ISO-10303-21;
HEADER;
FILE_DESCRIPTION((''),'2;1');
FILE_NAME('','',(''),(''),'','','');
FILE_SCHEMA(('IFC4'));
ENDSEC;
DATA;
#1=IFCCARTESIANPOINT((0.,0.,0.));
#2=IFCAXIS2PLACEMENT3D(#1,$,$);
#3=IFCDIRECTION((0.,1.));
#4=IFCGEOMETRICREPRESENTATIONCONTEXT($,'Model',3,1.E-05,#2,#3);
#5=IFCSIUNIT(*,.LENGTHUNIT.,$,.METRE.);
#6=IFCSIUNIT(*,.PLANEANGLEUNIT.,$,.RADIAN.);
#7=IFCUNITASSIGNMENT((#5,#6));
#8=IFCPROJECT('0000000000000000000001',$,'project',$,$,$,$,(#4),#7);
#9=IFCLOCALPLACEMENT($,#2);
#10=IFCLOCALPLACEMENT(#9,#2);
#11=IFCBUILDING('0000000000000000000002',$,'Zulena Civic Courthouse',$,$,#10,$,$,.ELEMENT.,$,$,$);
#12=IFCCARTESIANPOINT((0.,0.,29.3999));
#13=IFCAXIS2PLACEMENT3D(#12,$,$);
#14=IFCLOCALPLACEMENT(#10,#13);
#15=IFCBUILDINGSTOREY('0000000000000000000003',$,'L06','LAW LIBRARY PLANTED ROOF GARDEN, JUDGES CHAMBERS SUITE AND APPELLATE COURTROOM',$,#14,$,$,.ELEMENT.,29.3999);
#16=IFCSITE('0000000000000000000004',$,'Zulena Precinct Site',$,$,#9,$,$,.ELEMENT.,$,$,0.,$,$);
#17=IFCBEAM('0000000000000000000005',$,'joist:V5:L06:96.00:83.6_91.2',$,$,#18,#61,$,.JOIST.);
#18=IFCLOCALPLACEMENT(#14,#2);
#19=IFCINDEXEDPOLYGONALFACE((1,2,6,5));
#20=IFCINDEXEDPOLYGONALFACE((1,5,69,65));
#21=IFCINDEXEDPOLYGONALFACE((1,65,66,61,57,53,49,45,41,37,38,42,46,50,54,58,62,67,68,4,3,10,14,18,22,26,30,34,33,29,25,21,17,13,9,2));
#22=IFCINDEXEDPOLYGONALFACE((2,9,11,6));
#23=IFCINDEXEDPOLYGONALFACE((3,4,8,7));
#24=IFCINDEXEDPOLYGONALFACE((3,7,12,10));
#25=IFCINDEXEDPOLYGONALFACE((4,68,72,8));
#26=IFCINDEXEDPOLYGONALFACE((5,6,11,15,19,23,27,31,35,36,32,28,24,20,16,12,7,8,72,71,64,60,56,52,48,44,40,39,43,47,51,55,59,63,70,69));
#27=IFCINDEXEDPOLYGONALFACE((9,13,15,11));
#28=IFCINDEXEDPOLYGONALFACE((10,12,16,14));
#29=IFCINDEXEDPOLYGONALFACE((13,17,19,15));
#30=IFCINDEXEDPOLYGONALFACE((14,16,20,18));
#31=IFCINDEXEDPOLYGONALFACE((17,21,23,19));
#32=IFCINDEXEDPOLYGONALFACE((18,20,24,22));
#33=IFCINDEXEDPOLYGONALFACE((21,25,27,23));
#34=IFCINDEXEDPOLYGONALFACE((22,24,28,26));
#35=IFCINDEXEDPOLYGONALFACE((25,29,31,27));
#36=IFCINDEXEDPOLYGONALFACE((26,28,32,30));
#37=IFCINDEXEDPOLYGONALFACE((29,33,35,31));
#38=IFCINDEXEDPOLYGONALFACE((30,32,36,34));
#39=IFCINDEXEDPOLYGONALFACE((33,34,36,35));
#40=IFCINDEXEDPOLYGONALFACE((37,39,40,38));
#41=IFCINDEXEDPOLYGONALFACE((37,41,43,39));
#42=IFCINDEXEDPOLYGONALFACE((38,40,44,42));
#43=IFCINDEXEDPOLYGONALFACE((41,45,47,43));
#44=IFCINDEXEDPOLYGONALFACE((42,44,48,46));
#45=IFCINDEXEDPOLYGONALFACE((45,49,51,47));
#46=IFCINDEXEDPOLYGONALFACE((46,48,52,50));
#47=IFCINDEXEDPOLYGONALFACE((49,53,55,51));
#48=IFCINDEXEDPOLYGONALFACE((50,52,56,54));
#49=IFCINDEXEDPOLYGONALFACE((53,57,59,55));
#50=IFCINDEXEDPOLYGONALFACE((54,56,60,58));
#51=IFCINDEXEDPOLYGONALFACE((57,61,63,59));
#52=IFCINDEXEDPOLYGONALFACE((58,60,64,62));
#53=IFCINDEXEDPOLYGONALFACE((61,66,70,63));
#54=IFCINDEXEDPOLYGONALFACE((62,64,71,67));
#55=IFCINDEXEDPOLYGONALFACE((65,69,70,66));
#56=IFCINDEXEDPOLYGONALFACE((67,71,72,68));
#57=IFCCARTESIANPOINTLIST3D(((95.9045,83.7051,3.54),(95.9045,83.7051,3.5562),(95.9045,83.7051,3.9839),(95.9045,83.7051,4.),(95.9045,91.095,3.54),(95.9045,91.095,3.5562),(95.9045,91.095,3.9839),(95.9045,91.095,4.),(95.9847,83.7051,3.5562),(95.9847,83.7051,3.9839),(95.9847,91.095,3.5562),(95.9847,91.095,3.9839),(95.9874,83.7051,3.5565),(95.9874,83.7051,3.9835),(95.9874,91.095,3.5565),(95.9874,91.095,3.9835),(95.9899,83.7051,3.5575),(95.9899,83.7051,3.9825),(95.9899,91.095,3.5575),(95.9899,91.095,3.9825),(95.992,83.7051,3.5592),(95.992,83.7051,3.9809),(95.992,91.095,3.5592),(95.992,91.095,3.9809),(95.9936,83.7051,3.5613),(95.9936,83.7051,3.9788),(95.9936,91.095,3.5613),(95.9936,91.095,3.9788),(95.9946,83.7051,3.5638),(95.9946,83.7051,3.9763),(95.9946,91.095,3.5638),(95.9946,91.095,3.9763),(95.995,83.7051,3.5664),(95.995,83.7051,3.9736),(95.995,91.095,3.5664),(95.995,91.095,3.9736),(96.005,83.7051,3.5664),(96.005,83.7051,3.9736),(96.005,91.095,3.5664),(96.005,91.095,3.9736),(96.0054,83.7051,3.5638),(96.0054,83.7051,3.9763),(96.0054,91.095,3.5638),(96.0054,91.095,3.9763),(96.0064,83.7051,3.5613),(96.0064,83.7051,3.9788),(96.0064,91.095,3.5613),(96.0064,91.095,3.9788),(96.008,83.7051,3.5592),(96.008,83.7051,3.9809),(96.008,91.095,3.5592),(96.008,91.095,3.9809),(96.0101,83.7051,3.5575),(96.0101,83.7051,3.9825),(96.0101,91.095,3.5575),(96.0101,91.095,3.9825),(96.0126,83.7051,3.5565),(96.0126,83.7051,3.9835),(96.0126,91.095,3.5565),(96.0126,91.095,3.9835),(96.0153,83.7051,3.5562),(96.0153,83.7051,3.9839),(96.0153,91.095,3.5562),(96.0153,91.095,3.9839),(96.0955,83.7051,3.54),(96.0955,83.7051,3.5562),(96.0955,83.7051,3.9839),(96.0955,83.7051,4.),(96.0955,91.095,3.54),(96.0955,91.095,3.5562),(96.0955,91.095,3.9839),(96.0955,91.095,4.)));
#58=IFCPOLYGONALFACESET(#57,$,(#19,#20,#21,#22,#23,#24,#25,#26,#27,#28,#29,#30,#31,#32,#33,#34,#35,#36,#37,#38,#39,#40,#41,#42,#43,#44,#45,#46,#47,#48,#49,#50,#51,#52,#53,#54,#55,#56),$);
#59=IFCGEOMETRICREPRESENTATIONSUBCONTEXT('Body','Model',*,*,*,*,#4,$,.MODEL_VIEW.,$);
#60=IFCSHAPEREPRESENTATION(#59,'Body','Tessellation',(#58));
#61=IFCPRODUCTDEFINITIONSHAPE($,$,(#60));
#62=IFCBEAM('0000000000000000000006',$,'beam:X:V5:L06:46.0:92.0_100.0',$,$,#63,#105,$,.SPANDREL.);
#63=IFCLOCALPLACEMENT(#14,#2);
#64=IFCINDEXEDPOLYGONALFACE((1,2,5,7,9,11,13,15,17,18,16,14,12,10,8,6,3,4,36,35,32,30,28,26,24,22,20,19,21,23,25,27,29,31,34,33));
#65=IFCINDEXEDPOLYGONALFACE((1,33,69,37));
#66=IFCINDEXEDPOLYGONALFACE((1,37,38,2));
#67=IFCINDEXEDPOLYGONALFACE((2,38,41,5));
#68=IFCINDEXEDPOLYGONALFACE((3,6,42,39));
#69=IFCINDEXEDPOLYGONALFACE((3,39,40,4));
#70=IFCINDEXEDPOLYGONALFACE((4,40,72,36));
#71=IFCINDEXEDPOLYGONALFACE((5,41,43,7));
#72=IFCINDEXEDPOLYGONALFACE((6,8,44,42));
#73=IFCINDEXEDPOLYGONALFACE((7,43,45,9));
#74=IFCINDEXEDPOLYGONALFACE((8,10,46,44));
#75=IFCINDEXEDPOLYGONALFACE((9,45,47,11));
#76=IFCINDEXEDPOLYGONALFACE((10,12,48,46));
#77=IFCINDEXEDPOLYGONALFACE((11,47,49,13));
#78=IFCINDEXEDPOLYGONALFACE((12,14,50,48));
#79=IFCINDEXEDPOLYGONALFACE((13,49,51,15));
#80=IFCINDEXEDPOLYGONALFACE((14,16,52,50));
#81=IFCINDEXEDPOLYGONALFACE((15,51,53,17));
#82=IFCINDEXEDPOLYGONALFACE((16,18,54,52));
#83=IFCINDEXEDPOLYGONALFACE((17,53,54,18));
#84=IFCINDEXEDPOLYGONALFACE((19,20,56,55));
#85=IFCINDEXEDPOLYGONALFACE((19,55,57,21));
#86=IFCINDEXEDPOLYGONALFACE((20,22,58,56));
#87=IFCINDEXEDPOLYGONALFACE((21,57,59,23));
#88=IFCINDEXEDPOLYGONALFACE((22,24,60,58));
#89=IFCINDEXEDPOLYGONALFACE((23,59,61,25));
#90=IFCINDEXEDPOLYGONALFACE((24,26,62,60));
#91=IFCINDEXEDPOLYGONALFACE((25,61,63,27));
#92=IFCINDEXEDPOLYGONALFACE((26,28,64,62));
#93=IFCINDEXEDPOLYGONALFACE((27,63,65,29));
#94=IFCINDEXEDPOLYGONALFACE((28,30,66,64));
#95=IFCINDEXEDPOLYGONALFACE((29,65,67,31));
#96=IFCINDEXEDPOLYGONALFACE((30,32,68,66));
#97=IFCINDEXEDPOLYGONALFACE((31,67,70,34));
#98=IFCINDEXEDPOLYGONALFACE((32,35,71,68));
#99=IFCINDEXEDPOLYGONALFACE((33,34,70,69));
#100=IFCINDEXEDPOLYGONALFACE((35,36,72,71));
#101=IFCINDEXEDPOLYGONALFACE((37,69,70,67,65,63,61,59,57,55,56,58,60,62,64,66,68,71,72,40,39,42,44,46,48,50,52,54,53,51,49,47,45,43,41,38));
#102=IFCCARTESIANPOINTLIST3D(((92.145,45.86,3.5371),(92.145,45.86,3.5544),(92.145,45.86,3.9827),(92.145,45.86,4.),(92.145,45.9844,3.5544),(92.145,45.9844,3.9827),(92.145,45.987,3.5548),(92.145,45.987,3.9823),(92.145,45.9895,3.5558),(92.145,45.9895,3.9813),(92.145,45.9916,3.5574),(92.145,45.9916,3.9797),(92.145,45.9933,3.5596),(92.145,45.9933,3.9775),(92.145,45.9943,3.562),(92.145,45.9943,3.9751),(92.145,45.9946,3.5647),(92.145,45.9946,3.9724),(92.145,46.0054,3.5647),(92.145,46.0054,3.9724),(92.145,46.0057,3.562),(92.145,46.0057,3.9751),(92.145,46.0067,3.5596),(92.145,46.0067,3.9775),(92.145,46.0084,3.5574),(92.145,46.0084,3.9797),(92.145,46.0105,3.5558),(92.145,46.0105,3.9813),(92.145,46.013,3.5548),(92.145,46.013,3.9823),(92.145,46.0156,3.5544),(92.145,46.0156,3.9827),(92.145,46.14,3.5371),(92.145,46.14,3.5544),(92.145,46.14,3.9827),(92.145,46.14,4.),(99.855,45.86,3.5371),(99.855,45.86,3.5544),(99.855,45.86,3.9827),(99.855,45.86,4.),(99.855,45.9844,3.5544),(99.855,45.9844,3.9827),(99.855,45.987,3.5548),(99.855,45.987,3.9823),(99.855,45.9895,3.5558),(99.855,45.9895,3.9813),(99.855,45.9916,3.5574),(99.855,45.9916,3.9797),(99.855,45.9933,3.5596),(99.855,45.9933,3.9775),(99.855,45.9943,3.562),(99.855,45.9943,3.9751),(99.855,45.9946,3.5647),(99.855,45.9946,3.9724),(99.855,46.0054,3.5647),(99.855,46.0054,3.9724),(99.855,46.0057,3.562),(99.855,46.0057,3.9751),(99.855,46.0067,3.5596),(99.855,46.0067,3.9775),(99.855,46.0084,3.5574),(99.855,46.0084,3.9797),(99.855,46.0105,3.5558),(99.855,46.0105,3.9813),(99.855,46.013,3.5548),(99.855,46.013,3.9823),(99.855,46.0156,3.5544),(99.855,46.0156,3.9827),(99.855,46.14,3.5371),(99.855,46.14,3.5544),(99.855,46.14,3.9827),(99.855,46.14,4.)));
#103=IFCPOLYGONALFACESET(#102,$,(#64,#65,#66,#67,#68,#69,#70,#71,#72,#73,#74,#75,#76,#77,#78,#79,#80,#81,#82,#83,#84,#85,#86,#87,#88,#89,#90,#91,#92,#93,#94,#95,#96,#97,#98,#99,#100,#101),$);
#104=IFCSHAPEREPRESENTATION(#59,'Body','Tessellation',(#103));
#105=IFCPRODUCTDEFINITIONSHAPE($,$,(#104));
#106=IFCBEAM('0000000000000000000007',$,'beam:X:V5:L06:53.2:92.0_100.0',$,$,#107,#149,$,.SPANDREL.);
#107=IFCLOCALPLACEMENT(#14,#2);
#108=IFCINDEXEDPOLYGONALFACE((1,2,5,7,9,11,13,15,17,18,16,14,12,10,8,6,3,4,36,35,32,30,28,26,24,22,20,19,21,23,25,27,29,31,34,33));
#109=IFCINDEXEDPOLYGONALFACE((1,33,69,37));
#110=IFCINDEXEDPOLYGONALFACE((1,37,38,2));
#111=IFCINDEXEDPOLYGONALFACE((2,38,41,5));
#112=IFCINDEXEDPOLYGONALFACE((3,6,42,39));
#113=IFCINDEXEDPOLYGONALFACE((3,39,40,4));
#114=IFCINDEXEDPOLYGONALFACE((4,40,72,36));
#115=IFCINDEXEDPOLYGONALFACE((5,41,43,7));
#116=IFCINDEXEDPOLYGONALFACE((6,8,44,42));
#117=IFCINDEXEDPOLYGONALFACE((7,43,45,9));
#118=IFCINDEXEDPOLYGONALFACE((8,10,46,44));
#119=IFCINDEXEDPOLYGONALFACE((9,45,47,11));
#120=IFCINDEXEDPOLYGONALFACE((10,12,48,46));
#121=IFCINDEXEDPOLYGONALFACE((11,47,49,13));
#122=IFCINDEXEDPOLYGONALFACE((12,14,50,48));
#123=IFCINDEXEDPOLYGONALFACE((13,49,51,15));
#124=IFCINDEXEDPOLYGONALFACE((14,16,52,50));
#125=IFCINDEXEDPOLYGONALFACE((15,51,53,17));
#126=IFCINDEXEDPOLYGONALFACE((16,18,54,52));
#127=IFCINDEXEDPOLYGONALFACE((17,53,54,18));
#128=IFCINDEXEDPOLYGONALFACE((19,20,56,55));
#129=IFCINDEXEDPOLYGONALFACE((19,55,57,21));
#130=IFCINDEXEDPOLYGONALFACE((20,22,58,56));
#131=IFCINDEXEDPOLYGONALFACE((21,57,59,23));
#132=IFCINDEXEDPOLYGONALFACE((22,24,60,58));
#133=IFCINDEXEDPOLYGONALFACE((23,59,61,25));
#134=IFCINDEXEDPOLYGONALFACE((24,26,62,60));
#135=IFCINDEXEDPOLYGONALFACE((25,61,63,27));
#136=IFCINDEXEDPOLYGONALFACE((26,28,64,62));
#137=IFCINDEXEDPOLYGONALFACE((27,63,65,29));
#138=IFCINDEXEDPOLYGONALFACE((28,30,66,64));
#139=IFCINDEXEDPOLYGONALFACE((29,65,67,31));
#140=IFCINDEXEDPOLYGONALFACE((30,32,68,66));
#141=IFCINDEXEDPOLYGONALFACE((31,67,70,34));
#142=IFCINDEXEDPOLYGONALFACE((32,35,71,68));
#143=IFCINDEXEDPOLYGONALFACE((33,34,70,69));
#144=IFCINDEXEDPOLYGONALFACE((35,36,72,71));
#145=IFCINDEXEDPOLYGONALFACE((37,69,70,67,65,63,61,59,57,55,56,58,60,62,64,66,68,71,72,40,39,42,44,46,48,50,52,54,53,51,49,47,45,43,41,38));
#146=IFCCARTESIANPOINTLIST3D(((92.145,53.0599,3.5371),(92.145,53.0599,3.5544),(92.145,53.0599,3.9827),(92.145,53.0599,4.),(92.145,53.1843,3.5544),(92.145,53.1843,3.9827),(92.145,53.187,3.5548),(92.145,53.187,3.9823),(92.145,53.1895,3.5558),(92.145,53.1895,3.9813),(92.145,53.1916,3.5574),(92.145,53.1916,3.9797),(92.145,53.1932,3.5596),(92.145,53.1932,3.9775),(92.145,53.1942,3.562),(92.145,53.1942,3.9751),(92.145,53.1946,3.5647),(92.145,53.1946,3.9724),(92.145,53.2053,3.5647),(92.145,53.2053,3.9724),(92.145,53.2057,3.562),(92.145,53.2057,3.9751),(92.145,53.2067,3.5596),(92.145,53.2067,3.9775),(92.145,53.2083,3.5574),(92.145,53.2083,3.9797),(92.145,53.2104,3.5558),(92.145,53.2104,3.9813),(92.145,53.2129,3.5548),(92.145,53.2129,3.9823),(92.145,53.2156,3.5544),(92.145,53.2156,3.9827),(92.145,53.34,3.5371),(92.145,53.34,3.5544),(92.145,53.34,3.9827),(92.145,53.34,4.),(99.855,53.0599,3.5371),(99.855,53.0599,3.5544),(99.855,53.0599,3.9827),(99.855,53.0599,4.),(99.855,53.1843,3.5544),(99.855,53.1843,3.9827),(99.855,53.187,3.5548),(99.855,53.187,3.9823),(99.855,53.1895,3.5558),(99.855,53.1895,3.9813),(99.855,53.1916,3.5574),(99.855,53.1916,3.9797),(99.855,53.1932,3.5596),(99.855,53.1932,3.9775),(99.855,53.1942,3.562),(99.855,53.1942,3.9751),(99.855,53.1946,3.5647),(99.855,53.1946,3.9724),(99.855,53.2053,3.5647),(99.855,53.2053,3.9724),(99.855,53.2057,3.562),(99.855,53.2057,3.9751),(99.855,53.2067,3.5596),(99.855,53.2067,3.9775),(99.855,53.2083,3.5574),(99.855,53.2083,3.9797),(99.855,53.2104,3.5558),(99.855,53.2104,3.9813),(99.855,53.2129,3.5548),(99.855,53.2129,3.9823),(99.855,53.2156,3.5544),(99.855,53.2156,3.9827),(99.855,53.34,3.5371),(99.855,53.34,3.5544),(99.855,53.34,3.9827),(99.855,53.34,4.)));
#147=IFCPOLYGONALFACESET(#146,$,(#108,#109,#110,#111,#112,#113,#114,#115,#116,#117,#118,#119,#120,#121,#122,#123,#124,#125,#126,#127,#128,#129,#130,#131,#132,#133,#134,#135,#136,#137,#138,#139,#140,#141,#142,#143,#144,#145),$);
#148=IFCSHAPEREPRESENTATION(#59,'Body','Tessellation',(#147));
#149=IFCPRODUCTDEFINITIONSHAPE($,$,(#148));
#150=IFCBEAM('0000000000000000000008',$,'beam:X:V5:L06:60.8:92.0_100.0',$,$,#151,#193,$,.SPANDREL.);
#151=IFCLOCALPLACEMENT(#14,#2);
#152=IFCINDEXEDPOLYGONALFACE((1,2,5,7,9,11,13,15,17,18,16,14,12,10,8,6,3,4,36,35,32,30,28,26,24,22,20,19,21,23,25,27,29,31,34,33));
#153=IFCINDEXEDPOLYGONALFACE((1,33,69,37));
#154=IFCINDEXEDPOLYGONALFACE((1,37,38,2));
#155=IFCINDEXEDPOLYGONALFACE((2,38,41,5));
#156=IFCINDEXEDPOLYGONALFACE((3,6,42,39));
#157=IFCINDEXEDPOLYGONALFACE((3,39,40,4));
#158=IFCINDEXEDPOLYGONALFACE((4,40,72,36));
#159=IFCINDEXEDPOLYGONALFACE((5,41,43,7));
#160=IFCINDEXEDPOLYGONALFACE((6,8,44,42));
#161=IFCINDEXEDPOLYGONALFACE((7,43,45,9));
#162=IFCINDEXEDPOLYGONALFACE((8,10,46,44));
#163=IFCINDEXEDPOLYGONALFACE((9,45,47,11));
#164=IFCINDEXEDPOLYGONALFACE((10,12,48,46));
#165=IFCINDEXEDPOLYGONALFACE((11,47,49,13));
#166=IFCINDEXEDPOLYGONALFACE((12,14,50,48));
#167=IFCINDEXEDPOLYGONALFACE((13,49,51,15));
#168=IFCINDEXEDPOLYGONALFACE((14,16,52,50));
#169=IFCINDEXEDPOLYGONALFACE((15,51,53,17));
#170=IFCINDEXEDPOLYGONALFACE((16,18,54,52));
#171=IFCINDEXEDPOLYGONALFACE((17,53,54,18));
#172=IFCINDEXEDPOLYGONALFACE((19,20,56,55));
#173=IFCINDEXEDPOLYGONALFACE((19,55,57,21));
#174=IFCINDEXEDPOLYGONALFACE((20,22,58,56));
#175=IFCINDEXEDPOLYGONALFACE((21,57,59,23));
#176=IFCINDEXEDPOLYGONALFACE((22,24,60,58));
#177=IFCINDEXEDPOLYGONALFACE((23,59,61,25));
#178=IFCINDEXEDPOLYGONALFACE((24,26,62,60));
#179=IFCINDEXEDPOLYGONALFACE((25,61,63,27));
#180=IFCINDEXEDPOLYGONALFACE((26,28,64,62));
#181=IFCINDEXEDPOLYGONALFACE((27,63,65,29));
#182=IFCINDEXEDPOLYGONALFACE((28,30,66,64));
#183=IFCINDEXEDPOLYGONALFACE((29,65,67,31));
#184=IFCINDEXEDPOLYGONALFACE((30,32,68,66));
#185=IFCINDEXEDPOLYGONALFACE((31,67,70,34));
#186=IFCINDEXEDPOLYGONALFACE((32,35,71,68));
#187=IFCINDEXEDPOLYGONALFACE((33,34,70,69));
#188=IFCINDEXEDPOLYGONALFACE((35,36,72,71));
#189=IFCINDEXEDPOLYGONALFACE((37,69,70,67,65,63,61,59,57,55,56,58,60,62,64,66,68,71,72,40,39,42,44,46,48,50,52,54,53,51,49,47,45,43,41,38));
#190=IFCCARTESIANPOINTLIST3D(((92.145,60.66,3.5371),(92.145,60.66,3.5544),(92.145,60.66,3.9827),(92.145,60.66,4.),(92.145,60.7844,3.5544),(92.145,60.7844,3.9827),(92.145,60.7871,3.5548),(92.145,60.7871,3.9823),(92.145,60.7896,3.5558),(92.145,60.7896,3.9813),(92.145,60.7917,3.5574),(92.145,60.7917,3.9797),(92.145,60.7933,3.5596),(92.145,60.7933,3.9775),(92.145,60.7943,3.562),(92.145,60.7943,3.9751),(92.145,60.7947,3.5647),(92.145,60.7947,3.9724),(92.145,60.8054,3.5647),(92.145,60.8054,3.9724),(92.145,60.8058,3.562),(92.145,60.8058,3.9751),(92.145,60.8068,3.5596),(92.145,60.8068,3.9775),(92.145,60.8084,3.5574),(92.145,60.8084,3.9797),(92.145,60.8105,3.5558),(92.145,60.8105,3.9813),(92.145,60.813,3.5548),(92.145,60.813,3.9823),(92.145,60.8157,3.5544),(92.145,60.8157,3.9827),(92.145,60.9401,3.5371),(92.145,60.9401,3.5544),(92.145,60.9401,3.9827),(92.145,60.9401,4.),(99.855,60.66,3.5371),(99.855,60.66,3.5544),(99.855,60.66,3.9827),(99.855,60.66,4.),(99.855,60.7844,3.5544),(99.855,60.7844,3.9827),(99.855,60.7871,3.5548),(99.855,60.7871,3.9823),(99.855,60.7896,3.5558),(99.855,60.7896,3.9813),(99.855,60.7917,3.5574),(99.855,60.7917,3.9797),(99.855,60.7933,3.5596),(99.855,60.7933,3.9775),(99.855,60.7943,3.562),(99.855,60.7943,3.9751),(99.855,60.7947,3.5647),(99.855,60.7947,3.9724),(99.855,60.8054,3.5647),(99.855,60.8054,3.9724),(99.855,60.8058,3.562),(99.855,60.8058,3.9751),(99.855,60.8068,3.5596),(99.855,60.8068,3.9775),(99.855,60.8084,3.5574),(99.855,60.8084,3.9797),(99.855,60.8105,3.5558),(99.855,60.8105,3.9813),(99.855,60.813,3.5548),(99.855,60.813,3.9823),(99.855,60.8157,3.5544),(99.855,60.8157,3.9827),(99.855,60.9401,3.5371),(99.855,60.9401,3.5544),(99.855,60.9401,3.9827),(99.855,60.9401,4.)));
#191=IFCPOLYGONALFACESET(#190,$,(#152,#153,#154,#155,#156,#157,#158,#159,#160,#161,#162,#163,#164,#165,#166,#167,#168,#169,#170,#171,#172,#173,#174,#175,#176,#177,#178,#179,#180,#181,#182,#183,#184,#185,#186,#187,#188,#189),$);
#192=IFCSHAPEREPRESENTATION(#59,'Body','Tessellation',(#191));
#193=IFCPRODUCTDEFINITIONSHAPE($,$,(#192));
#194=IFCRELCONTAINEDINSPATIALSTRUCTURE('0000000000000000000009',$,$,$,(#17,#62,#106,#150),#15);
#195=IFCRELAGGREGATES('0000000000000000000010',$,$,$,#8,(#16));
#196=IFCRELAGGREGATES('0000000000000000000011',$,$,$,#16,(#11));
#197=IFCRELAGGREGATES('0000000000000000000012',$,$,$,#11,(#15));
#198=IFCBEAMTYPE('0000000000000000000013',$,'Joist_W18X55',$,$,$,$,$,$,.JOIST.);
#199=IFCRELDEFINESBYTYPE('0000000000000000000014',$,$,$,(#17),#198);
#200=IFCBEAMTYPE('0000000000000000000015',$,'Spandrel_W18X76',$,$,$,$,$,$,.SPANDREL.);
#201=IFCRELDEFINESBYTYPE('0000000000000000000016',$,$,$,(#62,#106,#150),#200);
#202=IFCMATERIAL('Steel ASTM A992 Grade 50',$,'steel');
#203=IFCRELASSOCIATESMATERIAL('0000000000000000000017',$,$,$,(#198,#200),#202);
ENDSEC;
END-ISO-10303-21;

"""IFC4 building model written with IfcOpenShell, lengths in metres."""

from ifc_helpers import new_model, si_unit, direction, frame, origin, origin_2d, place, context, subcontext, project, spatial, i_section, extrude, material, material_profile, profile_set, type_object, element, save


model = new_model("IFC4")

# Units and contexts
model_context = context("Model", 3, precision=1e-05, world=origin(), true_north=direction((0.0, 1.0)))
body_context = subcontext(model_context, "Body", "Model", "MODEL_VIEW")
ifc_project = project(units=[si_unit("LENGTHUNIT", "METRE"), si_unit("PLANEANGLEUNIT", "RADIAN")], contexts=[model_context])

# Site, building, storey
site_placement = place(None, origin())
site = spatial("IfcSite", under=ifc_project, at=site_placement, Name="Zulena Precinct Site", CompositionType="ELEMENT", RefElevation=0.0)
building_placement = place(site_placement, origin())
building = spatial("IfcBuilding", under=site, at=building_placement, Name="Zulena Civic Courthouse", CompositionType="ELEMENT")
storey_placement = place(building_placement, frame((0.0, 0.0, 29.3999)))
storey = spatial("IfcBuildingStorey", under=building, at=storey_placement, Name="L06", Description="LAW LIBRARY PLANTED ROOF GARDEN, JUDGES CHAMBERS SUITE AND APPELLATE COURTROOM", CompositionType="ELEMENT", Elevation=29.3999)

# Shared definitions
ifc_material_1 = material(Name="Steel ASTM A992 Grade 50", Category="steel")

# Beams
ifc_material_profile_1 = material_profile(ifc_material_1, i_section(OverallWidth=0.1909, OverallDepth=0.46, WebThickness=0.01, FlangeThickness=0.0161, FilletRadius=0.0103, at=origin_2d()), Name="W18X55")
ifc_profile_set_1 = profile_set([ifc_material_profile_1], Name="Steel ASTM A992 Grade 50")
beam_type_1 = type_object("IfcBeamType", Name="Joist_W18X55", PredefinedType="JOIST", material=ifc_profile_set_1)
beam_1_placement = place(storey_placement, frame((96.0, 83.7051, 3.77), z_axis=(0.0, 1.0, 0.0), x_axis=(-1.0, 0.0, 0.0)))
element("IfcBeam", 1, at=beam_1_placement, inside=storey, type_object=beam_type_1, Name="joist:V5:L06:96.00:83.6_91.2", PredefinedType="JOIST", context=body_context, shape_type="SweptSolid", body=[
    extrude(i_section(OverallWidth=0.1909, OverallDepth=0.46, WebThickness=0.01, FlangeThickness=0.0161, FilletRadius=0.0103, at=origin_2d()), origin(), (0.0, 0.0, 1.0), 7.3899),
])
ifc_material_profile_2 = material_profile(ifc_material_1, i_section(OverallWidth=0.28, OverallDepth=0.4629, WebThickness=0.0107, FlangeThickness=0.0173, FilletRadius=0.0103, at=origin_2d()), Name="W18X76")
ifc_profile_set_2 = profile_set([ifc_material_profile_2], Name="Steel ASTM A992 Grade 50")
beam_type_2 = type_object("IfcBeamType", Name="Spandrel_W18X76", PredefinedType="SPANDREL", material=ifc_profile_set_2)
for number, where, z_axis, x_axis, name in (
    (2, (92.145, 46.0, 3.7686), (1.0, 0.0, 0.0), (0.0, 1.0, 0.0), "beam:X:V5:L06:46.0:92.0_100.0"),
    (3, (92.145, 53.2, 3.7686), (1.0, 0.0, 0.0), (0.0, 1.0, 0.0), "beam:X:V5:L06:53.2:92.0_100.0"),
    (4, (92.145, 60.8, 3.7686), (1.0, 0.0, 0.0), (0.0, 1.0, 0.0), "beam:X:V5:L06:60.8:92.0_100.0"),
):
    element("IfcBeam", number, at=place(storey_placement, frame(where, z_axis=z_axis, x_axis=x_axis)), inside=storey, type_object=beam_type_2, Name=name, PredefinedType="SPANDREL", context=body_context, shape_type="SweptSolid", body=[
        extrude(i_section(OverallWidth=0.28, OverallDepth=0.4629, WebThickness=0.0107, FlangeThickness=0.0173, FilletRadius=0.0103, at=origin_2d()), origin(), (0.0, 0.0, 1.0), 7.71),
    ])

save(model, "model.ifc")
